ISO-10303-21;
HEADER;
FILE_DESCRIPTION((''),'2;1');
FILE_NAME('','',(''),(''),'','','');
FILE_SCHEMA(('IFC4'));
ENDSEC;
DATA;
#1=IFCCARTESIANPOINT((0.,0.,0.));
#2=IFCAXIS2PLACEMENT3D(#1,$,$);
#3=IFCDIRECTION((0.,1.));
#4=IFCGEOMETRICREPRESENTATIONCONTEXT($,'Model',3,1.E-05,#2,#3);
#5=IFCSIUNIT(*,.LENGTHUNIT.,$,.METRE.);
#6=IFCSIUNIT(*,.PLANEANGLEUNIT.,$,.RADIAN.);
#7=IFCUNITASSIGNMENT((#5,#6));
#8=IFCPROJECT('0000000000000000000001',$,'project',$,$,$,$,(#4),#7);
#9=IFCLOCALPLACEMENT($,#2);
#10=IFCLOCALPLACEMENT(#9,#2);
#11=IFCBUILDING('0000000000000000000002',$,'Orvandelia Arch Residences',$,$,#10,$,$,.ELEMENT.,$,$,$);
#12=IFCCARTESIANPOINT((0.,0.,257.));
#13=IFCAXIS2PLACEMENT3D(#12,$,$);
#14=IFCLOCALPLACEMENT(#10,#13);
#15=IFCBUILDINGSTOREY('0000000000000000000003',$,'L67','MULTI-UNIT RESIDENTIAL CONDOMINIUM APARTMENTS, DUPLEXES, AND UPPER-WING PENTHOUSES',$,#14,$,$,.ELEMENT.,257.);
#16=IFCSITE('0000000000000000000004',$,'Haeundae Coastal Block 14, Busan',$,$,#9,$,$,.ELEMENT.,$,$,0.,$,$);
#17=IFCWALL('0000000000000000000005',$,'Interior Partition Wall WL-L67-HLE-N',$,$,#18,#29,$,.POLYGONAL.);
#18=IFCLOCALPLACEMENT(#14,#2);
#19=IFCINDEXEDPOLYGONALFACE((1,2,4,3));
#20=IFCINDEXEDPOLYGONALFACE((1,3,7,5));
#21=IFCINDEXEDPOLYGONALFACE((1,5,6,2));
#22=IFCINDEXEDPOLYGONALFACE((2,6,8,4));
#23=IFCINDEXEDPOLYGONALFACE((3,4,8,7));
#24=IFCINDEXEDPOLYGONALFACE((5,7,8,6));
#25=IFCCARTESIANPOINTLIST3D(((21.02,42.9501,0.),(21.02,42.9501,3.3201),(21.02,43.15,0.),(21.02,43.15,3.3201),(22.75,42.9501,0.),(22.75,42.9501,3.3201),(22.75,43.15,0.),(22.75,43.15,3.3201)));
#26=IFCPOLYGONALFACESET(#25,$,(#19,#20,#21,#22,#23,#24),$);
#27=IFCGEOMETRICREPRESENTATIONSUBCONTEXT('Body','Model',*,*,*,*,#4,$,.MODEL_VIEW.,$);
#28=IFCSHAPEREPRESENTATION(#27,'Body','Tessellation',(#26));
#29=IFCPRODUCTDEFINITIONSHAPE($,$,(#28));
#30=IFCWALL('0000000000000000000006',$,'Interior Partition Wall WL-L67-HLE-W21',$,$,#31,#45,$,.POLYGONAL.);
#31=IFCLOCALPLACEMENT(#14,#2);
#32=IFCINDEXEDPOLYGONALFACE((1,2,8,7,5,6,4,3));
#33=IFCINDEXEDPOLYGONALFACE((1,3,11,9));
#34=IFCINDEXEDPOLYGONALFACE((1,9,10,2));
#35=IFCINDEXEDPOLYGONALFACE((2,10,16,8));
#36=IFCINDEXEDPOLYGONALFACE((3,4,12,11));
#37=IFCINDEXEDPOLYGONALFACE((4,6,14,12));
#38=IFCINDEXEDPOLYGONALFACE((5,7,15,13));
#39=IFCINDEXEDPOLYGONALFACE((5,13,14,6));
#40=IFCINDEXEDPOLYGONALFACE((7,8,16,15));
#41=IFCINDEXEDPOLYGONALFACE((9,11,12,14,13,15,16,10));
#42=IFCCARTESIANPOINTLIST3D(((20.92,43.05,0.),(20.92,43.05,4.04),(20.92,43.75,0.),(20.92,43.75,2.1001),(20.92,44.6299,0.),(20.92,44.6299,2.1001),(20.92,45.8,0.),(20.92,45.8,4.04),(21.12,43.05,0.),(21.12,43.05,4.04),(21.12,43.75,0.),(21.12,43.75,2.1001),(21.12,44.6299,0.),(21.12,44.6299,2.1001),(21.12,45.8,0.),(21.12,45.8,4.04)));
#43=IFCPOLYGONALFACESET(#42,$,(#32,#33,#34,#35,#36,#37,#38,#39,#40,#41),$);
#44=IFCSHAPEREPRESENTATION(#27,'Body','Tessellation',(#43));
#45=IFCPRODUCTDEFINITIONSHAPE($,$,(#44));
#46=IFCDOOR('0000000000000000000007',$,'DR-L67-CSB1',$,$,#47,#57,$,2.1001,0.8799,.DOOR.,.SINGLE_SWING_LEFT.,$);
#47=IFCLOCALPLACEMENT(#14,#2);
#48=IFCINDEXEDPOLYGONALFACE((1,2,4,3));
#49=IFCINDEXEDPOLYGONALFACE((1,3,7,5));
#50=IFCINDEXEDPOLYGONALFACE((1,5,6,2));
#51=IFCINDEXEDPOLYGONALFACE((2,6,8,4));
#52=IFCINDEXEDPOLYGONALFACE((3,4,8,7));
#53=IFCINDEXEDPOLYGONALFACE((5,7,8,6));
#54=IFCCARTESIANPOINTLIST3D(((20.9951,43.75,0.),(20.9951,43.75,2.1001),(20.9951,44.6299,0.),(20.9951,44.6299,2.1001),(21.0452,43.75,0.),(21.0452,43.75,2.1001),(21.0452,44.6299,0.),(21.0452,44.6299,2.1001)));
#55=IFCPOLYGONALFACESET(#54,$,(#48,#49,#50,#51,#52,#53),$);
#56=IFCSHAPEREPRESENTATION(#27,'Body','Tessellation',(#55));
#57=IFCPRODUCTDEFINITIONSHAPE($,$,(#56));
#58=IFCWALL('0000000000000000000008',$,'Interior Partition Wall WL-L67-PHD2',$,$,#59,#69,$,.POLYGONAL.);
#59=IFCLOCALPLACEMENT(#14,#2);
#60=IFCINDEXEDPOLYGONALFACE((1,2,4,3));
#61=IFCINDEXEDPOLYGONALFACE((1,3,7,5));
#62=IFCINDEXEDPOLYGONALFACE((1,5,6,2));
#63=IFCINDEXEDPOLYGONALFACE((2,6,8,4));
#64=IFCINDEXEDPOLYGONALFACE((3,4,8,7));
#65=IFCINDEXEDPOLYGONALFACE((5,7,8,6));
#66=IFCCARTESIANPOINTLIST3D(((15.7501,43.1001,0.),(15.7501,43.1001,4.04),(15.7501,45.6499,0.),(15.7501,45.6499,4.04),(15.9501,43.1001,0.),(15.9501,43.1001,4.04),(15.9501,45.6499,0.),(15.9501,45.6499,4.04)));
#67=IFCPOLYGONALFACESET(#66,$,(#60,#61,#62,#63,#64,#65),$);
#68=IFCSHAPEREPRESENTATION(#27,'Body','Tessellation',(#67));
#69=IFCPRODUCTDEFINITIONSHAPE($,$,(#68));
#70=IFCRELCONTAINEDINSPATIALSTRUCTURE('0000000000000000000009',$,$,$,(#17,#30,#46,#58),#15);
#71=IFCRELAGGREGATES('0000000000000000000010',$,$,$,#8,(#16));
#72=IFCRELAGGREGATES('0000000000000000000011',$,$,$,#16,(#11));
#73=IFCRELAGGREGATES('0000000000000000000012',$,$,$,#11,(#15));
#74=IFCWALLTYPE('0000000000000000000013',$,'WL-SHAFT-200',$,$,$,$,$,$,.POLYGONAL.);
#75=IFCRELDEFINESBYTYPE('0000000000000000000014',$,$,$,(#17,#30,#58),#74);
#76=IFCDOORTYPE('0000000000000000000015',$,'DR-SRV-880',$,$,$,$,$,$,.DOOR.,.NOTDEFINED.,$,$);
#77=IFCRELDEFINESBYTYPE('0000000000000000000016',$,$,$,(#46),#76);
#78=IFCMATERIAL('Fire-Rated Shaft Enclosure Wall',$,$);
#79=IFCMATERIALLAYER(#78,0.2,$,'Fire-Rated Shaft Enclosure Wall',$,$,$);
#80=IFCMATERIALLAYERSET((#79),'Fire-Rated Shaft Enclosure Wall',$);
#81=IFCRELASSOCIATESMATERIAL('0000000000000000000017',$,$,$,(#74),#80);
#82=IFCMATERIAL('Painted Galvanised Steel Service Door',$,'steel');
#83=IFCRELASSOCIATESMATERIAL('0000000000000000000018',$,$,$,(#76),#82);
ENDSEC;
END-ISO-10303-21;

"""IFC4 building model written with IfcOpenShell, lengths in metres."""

from ifc_helpers import new_model, si_unit, direction, frame, frame_2d, origin, place, context, subcontext, project, spatial, rectangle, extrude, material, layer, layer_set, type_object, element, fill, save


model = new_model("IFC4")

# Units and contexts
model_context = context("Model", 3, precision=1e-05, world=origin(), true_north=direction((0.0, 1.0)))
body_context = subcontext(model_context, "Body", "Model", "MODEL_VIEW")
ifc_project = project(units=[si_unit("LENGTHUNIT", "METRE"), si_unit("PLANEANGLEUNIT", "RADIAN")], contexts=[model_context])

# Site, building, storey
site_placement = place(None, origin())
site = spatial("IfcSite", under=ifc_project, at=site_placement, Name="Haeundae Coastal Block 14, Busan", CompositionType="ELEMENT", RefElevation=0.0)
building_placement = place(site_placement, origin())
building = spatial("IfcBuilding", under=site, at=building_placement, Name="Orvandelia Arch Residences", CompositionType="ELEMENT")
storey_placement = place(building_placement, frame((0.0, 0.0, 257.0)))
storey = spatial("IfcBuildingStorey", under=building, at=storey_placement, Name="L67", Description="MULTI-UNIT RESIDENTIAL CONDOMINIUM APARTMENTS, DUPLEXES, AND UPPER-WING PENTHOUSES", CompositionType="ELEMENT", Elevation=257.0)

# Wall
ifc_material_1 = material(Name="Fire-Rated Shaft Enclosure Wall")
ifc_layer_1 = layer(ifc_material_1, 0.2, Name="Fire-Rated Shaft Enclosure Wall")
ifc_layer_set_1 = layer_set([ifc_layer_1], Name="Fire-Rated Shaft Enclosure Wall")
wall_type_1 = type_object("IfcWallType", Name="WL-SHAFT-200", PredefinedType="POLYGONAL", material=ifc_layer_set_1)
wall_1_placement = place(storey_placement, frame((21.02, 43.05, 0.0), z_axis=(0.0, 0.0, 1.0), x_axis=(1.0, 0.0, 0.0)))
element("IfcWall", 1, at=wall_1_placement, inside=storey, type_object=wall_type_1, Name="Interior Partition Wall WL-L67-HLE-N", PredefinedType="POLYGONAL", context=body_context, shape_type="SweptSolid", body=[
    extrude(rectangle(XDim=1.73, YDim=0.2, at=frame_2d((0.865, 0.0))), origin(), (0.0, 0.0, 1.0), 3.3201),
])

# Wall, opening, door
wall_2_placement = place(storey_placement, frame((21.02, 43.05, 0.0), z_axis=(0.0, 0.0, 1.0), x_axis=(0.0, 1.0, 0.0)))
wall_2 = element("IfcWall", 2, at=wall_2_placement, inside=storey, type_object=wall_type_1, Name="Interior Partition Wall WL-L67-HLE-W21", PredefinedType="POLYGONAL", context=body_context, shape_type="SweptSolid", body=[
    extrude(rectangle(XDim=2.75, YDim=0.2, at=frame_2d((1.375, 0.0))), origin(), (0.0, 0.0, 1.0), 4.04),
])
opening_1_placement = place(wall_2_placement, frame((0.7, 0.0, 0.0)))
opening_1 = element("IfcOpeningElement", 3, at=opening_1_placement, cuts=wall_2, PredefinedType="OPENING", context=body_context, shape_type="SweptSolid", body=[
    extrude(rectangle(XDim=0.8799, YDim=2.1001, at=frame_2d((0.4399, 1.05))), frame((0.0, 0.1099, 0.0), z_axis=(0.0, -1.0, 0.0), x_axis=(1.0, 0.0, 0.0)), (0.0, 0.0, 1.0), 0.22),
])
ifc_material_2 = material(Name="Painted Galvanised Steel Service Door", Category="steel")
door_type_1 = type_object("IfcDoorType", Name="DR-SRV-880", OperationType="NOTDEFINED", PredefinedType="DOOR", material=ifc_material_2)
door_1_placement = place(opening_1_placement, origin())
door_1 = element("IfcDoor", 4, at=door_1_placement, inside=storey, type_object=door_type_1, Name="DR-L67-CSB1", OperationType="SINGLE_SWING_LEFT", OverallHeight=2.1001, OverallWidth=0.8799, PredefinedType="DOOR", context=body_context, shape_type="SweptSolid", body=[
    extrude(rectangle(XDim=0.8799, YDim=2.1001, at=frame_2d((0.4399, 1.05))), frame((0.0, 0.0249, 0.0), z_axis=(0.0, -1.0, 0.0), x_axis=(1.0, 0.0, 0.0)), (0.0, 0.0, 1.0), 0.05),
])
fill(opening_1, door_1)

# Wall
wall_3_placement = place(storey_placement, frame((15.8501, 43.1001, 0.0), z_axis=(0.0, 0.0, 1.0), x_axis=(0.0, 1.0, 0.0)))
element("IfcWall", 5, at=wall_3_placement, inside=storey, type_object=wall_type_1, Name="Interior Partition Wall WL-L67-PHD2", PredefinedType="POLYGONAL", context=body_context, shape_type="SweptSolid", body=[
    extrude(rectangle(XDim=2.5498, YDim=0.2, at=frame_2d((1.2749, 0.0))), origin(), (0.0, 0.0, 1.0), 4.04),
])

save(model, "model.ifc")
